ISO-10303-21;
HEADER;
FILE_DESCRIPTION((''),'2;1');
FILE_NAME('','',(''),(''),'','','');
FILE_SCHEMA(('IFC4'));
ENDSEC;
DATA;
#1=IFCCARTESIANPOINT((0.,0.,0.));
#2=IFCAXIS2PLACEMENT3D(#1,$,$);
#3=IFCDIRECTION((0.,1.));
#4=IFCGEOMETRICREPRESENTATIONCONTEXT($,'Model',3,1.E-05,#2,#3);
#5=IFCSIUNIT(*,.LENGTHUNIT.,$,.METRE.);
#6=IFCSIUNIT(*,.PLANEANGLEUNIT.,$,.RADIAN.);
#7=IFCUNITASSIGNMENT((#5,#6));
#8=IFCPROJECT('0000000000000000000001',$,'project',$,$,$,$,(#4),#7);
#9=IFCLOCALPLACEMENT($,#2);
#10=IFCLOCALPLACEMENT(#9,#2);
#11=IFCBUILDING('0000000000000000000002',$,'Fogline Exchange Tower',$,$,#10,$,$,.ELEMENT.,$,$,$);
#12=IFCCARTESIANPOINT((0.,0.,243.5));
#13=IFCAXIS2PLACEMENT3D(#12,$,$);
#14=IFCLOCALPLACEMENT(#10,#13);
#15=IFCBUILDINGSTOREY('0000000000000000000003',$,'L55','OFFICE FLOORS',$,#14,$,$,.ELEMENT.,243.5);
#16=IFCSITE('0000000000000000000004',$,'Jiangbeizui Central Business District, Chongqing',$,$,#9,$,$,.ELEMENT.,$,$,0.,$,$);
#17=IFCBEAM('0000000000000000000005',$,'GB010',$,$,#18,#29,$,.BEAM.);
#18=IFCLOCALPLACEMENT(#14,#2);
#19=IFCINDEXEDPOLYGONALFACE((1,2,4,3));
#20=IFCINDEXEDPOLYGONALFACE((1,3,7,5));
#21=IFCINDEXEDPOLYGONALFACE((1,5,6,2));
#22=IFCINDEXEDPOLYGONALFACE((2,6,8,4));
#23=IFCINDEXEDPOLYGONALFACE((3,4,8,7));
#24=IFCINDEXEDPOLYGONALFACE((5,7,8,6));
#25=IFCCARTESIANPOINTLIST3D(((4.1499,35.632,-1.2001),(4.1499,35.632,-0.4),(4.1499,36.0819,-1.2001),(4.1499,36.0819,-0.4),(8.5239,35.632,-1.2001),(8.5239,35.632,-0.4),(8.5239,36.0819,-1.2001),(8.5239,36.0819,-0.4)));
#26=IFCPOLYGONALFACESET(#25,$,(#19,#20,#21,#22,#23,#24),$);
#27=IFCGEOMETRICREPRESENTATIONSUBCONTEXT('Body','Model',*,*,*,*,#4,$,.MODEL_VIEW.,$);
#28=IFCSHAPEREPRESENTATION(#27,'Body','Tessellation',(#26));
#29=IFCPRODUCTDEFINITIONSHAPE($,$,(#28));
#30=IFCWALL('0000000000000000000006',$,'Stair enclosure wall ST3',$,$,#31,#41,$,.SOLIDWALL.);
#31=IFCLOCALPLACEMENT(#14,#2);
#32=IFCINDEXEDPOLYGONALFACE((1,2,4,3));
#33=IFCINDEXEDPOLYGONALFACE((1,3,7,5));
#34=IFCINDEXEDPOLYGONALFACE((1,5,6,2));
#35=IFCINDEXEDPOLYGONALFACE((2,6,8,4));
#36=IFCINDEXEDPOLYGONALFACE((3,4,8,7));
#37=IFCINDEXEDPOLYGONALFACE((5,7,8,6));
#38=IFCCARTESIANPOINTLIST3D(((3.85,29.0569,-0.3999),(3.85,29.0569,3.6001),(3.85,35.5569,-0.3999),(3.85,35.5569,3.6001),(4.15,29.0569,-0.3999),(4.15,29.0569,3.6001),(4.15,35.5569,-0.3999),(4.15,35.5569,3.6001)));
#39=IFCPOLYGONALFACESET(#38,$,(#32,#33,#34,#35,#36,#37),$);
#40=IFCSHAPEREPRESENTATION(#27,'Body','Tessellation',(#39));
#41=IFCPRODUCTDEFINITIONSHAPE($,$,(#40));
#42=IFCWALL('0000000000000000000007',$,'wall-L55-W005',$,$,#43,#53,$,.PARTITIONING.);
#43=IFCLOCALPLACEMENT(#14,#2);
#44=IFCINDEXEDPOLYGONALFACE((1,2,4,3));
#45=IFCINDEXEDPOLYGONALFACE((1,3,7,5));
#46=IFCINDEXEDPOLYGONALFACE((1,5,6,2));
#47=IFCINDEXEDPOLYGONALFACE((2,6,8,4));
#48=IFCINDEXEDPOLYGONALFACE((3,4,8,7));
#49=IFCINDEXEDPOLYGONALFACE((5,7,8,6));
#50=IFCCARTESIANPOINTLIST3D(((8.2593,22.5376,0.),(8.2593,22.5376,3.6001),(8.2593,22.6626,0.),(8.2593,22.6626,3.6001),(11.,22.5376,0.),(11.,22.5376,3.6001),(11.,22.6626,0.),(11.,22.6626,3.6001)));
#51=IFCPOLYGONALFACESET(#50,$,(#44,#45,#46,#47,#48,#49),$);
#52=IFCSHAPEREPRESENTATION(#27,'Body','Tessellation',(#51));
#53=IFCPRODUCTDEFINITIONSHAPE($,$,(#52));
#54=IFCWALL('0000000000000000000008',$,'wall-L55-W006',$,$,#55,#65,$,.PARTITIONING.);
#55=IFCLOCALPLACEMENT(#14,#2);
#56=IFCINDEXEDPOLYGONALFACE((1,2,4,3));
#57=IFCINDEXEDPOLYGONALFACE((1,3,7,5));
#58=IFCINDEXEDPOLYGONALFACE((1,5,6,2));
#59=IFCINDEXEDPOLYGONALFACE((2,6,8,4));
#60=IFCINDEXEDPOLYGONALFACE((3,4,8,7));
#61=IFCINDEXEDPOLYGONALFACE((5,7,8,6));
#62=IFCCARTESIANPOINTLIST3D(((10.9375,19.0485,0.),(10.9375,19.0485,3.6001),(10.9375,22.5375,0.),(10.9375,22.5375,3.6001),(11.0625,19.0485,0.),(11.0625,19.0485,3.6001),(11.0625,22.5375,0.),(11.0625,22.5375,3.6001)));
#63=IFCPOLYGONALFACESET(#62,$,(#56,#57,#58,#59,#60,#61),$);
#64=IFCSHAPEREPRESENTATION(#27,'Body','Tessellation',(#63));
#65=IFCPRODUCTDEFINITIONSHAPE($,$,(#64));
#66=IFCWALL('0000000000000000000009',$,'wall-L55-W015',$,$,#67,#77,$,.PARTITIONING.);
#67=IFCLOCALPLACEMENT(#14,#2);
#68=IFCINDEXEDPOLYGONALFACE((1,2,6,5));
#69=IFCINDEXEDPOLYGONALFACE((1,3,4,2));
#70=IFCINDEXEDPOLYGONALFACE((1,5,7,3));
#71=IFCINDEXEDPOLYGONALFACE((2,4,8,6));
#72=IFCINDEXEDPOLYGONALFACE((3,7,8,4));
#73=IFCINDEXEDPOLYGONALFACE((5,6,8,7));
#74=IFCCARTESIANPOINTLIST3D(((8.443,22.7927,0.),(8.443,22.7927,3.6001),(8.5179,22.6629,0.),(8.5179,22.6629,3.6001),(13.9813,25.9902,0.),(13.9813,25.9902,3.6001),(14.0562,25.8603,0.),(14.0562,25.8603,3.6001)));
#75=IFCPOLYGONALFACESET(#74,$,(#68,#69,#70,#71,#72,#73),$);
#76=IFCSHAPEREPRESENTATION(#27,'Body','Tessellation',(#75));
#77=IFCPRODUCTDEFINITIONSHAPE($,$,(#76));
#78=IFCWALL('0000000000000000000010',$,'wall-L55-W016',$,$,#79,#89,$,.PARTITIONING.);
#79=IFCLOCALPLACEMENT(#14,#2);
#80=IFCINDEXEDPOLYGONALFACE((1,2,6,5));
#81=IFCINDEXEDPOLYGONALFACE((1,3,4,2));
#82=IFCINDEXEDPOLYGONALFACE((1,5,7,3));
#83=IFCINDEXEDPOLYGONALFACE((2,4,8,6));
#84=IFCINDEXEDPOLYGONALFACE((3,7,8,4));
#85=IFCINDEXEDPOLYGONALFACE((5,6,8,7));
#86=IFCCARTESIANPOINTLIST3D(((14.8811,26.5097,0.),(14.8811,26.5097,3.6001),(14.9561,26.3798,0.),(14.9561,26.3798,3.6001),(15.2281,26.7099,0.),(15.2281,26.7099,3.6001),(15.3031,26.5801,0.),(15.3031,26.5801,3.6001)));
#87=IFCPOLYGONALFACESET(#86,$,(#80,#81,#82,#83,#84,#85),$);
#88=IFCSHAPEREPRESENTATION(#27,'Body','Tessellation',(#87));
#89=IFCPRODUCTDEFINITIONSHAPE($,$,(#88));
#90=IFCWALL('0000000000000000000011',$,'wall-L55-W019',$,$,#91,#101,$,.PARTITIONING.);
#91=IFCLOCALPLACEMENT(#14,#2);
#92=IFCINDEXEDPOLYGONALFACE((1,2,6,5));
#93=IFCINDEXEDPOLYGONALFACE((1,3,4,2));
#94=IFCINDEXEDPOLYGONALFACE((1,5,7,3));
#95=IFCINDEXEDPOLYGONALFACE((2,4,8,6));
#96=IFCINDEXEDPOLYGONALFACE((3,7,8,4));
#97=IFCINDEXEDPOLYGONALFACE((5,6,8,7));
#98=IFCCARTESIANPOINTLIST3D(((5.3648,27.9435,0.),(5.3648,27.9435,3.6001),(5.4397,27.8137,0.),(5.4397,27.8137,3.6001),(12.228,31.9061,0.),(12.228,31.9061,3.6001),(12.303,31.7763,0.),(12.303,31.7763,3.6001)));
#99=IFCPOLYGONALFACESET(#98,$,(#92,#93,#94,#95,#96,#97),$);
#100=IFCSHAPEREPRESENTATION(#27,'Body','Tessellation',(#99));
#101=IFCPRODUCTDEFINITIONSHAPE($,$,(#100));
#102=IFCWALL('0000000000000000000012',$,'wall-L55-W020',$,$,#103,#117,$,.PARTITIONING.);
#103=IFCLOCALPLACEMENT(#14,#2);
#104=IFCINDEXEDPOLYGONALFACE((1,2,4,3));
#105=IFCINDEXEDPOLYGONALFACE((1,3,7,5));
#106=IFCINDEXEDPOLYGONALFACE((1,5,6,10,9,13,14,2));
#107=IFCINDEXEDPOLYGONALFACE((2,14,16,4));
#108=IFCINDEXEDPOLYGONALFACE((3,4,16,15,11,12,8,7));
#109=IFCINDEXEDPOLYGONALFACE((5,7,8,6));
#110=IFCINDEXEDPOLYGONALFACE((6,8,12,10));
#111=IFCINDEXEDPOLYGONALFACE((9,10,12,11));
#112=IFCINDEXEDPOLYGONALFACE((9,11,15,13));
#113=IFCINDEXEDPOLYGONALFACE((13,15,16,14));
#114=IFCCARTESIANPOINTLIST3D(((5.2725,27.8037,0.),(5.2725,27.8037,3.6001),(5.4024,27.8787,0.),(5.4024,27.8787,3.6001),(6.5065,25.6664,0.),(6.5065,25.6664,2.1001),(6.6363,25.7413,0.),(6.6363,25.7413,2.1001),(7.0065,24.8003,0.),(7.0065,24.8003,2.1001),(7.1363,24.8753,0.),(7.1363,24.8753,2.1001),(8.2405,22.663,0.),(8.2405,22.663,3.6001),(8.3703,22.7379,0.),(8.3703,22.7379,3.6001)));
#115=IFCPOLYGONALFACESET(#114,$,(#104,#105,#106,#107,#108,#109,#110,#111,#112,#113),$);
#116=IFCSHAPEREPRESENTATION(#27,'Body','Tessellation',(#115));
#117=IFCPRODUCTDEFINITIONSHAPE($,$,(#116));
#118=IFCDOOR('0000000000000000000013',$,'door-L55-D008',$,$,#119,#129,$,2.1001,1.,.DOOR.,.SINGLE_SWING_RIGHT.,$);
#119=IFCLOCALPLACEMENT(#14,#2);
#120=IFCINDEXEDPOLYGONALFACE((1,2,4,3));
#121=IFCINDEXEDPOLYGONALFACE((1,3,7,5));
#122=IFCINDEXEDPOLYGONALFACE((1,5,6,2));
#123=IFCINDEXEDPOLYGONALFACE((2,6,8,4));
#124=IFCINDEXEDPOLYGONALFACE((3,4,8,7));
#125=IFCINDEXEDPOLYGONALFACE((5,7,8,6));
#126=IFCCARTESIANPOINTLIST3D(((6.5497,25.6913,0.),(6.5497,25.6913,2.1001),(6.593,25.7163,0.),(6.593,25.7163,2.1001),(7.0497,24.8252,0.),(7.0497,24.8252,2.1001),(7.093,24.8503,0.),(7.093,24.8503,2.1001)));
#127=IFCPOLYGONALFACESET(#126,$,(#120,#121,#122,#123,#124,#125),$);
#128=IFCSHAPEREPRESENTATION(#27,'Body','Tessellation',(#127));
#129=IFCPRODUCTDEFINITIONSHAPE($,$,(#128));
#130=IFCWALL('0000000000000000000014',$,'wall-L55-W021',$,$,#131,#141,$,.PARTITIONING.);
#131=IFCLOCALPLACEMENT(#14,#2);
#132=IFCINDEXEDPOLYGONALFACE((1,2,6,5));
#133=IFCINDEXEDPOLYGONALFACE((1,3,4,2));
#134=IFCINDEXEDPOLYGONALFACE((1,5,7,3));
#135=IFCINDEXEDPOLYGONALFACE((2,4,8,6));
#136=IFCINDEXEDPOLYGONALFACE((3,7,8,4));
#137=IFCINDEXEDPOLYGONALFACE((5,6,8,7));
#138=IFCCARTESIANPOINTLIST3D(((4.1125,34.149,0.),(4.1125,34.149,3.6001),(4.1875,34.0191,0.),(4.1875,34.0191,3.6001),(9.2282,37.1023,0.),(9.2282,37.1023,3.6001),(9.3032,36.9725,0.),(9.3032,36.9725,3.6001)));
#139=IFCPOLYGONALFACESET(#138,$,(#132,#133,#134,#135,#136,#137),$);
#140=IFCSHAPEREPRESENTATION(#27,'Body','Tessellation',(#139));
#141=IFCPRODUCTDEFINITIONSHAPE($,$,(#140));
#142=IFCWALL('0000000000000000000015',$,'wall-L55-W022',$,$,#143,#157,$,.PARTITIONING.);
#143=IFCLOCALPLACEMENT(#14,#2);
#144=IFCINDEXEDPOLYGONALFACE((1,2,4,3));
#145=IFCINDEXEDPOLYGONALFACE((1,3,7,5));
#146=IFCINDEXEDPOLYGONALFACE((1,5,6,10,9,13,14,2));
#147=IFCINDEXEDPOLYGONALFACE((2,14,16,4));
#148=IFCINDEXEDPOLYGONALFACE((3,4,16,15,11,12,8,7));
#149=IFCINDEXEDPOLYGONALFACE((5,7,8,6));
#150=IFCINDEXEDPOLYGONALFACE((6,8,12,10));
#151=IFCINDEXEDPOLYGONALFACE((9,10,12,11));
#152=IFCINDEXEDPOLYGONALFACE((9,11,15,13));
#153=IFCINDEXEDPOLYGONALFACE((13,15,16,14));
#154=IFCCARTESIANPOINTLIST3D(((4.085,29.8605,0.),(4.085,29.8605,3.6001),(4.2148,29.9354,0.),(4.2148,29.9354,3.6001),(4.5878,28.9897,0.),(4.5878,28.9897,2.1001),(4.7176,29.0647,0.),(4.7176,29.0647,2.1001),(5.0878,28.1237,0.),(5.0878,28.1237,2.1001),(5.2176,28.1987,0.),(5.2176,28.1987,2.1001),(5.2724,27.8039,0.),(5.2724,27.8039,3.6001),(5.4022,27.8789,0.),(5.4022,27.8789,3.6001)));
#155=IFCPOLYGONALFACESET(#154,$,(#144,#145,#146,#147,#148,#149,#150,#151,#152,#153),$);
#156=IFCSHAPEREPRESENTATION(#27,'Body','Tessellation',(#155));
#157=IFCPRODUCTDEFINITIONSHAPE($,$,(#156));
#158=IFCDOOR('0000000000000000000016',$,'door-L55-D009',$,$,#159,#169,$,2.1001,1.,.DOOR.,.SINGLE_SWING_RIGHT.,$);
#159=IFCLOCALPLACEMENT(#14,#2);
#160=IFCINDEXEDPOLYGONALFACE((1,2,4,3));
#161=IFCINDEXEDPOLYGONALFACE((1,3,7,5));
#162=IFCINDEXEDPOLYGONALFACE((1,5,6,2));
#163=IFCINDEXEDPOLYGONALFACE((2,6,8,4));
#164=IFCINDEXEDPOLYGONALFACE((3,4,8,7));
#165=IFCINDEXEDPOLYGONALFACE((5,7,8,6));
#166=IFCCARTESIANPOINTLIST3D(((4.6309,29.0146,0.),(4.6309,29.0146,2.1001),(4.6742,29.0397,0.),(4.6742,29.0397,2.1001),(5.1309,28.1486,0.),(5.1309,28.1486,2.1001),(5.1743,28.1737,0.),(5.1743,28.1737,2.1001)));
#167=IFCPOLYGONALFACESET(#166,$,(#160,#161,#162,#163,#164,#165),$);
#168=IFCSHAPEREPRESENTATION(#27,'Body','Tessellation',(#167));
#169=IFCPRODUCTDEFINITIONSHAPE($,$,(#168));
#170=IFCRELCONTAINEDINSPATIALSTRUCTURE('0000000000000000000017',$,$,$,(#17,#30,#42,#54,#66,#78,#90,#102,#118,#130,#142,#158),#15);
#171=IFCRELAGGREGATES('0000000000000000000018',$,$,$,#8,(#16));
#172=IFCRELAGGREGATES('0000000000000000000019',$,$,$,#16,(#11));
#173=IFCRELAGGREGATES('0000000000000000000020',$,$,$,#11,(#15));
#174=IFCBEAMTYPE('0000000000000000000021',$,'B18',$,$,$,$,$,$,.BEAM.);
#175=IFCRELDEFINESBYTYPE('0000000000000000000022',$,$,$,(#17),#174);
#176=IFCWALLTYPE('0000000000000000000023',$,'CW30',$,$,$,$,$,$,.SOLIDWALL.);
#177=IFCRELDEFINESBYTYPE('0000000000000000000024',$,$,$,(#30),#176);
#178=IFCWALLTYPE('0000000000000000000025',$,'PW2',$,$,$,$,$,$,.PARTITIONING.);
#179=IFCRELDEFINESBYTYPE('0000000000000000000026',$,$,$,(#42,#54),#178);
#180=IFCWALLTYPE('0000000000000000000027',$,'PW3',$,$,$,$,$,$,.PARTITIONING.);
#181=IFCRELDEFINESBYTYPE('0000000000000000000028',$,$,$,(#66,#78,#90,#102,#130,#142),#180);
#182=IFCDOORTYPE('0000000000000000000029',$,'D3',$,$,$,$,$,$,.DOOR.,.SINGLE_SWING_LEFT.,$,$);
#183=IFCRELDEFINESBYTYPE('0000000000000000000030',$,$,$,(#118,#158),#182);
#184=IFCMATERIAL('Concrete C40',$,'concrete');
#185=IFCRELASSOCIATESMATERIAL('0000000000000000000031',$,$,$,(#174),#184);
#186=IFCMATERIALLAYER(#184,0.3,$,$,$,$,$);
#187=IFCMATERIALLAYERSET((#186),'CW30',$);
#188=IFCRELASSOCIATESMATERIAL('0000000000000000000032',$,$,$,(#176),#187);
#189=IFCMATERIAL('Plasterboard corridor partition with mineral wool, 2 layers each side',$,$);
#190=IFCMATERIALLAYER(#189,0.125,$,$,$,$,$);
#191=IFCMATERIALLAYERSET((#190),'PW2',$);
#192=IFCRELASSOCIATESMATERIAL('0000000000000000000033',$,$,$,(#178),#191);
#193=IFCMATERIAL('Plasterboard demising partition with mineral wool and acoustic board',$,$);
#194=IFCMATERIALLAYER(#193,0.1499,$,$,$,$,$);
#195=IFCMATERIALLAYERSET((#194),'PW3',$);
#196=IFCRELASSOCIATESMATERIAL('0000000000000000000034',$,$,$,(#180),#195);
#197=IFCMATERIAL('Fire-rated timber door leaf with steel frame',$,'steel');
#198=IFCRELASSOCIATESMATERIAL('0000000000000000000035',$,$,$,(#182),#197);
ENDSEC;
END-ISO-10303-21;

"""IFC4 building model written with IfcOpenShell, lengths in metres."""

from ifc_helpers import new_model, si_unit, direction, frame, frame_2d, origin, origin_2d, place, context, subcontext, project, spatial, rectangle, extrude, material, layer, layer_set, material_profile, profile_set, type_object, element, fill, save


model = new_model("IFC4")

# Units and contexts
model_context = context("Model", 3, precision=1e-05, world=origin(), true_north=direction((0.0, 1.0)))
body_context = subcontext(model_context, "Body", "Model", "MODEL_VIEW")
ifc_project = project(units=[si_unit("LENGTHUNIT", "METRE"), si_unit("PLANEANGLEUNIT", "RADIAN")], contexts=[model_context])

# Site, building, storey
site_placement = place(None, origin())
site = spatial("IfcSite", under=ifc_project, at=site_placement, Name="Jiangbeizui Central Business District, Chongqing", CompositionType="ELEMENT", RefElevation=0.0)
building_placement = place(site_placement, origin())
building = spatial("IfcBuilding", under=site, at=building_placement, Name="Fogline Exchange Tower", CompositionType="ELEMENT")
storey_placement = place(building_placement, frame((0.0, 0.0, 243.5)))
storey = spatial("IfcBuildingStorey", under=building, at=storey_placement, Name="L55", Description="OFFICE FLOORS", CompositionType="ELEMENT", Elevation=243.5)

# Beam
ifc_material_1 = material(Name="Concrete C40", Category="concrete")
ifc_material_profile_1 = material_profile(ifc_material_1, rectangle(XDim=0.45, YDim=0.8, at=origin_2d()), Name="RC 450x800")
ifc_profile_set_1 = profile_set([ifc_material_profile_1], Name="Concrete C40")
beam_type_1 = type_object("IfcBeamType", Name="B18", PredefinedType="BEAM", material=ifc_profile_set_1)
beam_1_placement = place(storey_placement, frame((4.1499, 35.8569, -0.8), z_axis=(1.0, 0.0, 0.0), x_axis=(0.0, 1.0, 0.0)))
element("IfcBeam", 1, at=beam_1_placement, inside=storey, type_object=beam_type_1, Name="GB010", PredefinedType="BEAM", context=body_context, shape_type="SweptSolid", body=[
    extrude(rectangle(XDim=0.45, YDim=0.8, at=origin_2d()), origin(), (0.0, 0.0, 1.0), 4.374),
])

# Wall
ifc_layer_1 = layer(ifc_material_1, 0.3)
ifc_layer_set_1 = layer_set([ifc_layer_1], Name="CW30")
wall_type_1 = type_object("IfcWallType", Name="CW30", PredefinedType="SOLIDWALL", material=ifc_layer_set_1)
wall_1_placement = place(storey_placement, frame((4.0, 29.0569, -0.3999), z_axis=(0.0, 0.0, 1.0), x_axis=(0.0, 1.0, 0.0)))
element("IfcWall", 2, at=wall_1_placement, inside=storey, type_object=wall_type_1, Name="Stair enclosure wall ST3", PredefinedType="SOLIDWALL", context=body_context, shape_type="SweptSolid", body=[
    extrude(rectangle(XDim=6.5, YDim=0.3, at=frame_2d((3.25, 0.0))), origin(), (0.0, 0.0, 1.0), 4.0),
])

# Walls
ifc_material_2 = material(Name="Plasterboard corridor partition with mineral wool, 2 layers each side")
ifc_layer_2 = layer(ifc_material_2, 0.125)
ifc_layer_set_2 = layer_set([ifc_layer_2], Name="PW2")
wall_type_2 = type_object("IfcWallType", Name="PW2", PredefinedType="PARTITIONING", material=ifc_layer_set_2)
wall_2_placement = place(storey_placement, frame((8.2593, 22.6001, 0.0), z_axis=(0.0, 0.0, 1.0), x_axis=(1.0, 0.0, 0.0)))
element("IfcWall", 3, at=wall_2_placement, inside=storey, type_object=wall_type_2, Name="wall-L55-W005", PredefinedType="PARTITIONING", context=body_context, shape_type="SweptSolid", body=[
    extrude(rectangle(XDim=2.7407, YDim=0.125, at=frame_2d((1.3704, 0.0))), origin(), (0.0, 0.0, 1.0), 3.6001),
])
wall_3_placement = place(storey_placement, frame((11.0, 22.5376, 0.0), z_axis=(0.0, 0.0, 1.0), x_axis=(0.0, -1.0, 0.0)))
element("IfcWall", 4, at=wall_3_placement, inside=storey, type_object=wall_type_2, Name="wall-L55-W006", PredefinedType="PARTITIONING", context=body_context, shape_type="SweptSolid", body=[
    extrude(rectangle(XDim=3.489, YDim=0.125, at=frame_2d((1.7446, 0.0))), origin(), (0.0, 0.0, 1.0), 3.6001),
])
ifc_material_3 = material(Name="Plasterboard demising partition with mineral wool and acoustic board")
ifc_layer_3 = layer(ifc_material_3, 0.1499)
ifc_layer_set_3 = layer_set([ifc_layer_3], Name="PW3")
wall_type_3 = type_object("IfcWallType", Name="PW3", PredefinedType="PARTITIONING", material=ifc_layer_set_3)
wall_4_placement = place(storey_placement, frame((8.4805, 22.7278, 0.0), z_axis=(0.0, 0.0, 1.0), x_axis=(0.866029, 0.499995, 0.0)))
element("IfcWall", 5, at=wall_4_placement, inside=storey, type_object=wall_type_3, Name="wall-L55-W015", PredefinedType="PARTITIONING", context=body_context, shape_type="SweptSolid", body=[
    extrude(rectangle(XDim=6.395, YDim=0.1499, at=frame_2d((3.1975, 0.0))), origin(), (0.0, 0.0, 1.0), 3.6001),
])
wall_5_placement = place(storey_placement, frame((14.9187, 26.4448, 0.0), z_axis=(0.0, 0.0, 1.0), x_axis=(0.866135, 0.49981, 0.0)))
element("IfcWall", 6, at=wall_5_placement, inside=storey, type_object=wall_type_3, Name="wall-L55-W016", PredefinedType="PARTITIONING", context=body_context, shape_type="SweptSolid", body=[
    extrude(rectangle(XDim=0.4006, YDim=0.1499, at=frame_2d((0.2002, 0.0))), origin(), (0.0, 0.0, 1.0), 3.6001),
])
wall_6_placement = place(storey_placement, frame((5.4023, 27.8787, 0.0), z_axis=(0.0, 0.0, 1.0), x_axis=(0.866018, 0.500012, 0.0)))
element("IfcWall", 7, at=wall_6_placement, inside=storey, type_object=wall_type_3, Name="wall-L55-W019", PredefinedType="PARTITIONING", context=body_context, shape_type="SweptSolid", body=[
    extrude(rectangle(XDim=7.925, YDim=0.1499, at=frame_2d((3.9624, 0.0))), origin(), (0.0, 0.0, 1.0), 3.6001),
])

# Wall, opening, door
wall_7_placement = place(storey_placement, frame((8.3054, 22.7004, 0.0), z_axis=(0.0, 0.0, 1.0), x_axis=(-0.499992, 0.86603, 0.0)))
wall_7 = element("IfcWall", 8, at=wall_7_placement, inside=storey, type_object=wall_type_3, Name="wall-L55-W020", PredefinedType="PARTITIONING", context=body_context, shape_type="SweptSolid", body=[
    extrude(rectangle(XDim=5.936, YDim=0.1499, at=frame_2d((2.968, 0.0))), origin(), (0.0, 0.0, 1.0), 3.6001),
])
opening_1_placement = place(wall_7_placement, frame((2.468, 0.0, 0.0)))
opening_1 = element("IfcOpeningElement", 9, at=opening_1_placement, cuts=wall_7, PredefinedType="OPENING", context=body_context, shape_type="SweptSolid", body=[
    extrude(rectangle(XDim=1.0, YDim=2.1001, at=frame_2d((0.5, 1.05))), frame((0.0, 0.085, 0.0), z_axis=(0.0, -1.0, 0.0), x_axis=(1.0, 0.0, 0.0)), (0.0, 0.0, 1.0), 0.1699),
])
ifc_material_4 = material(Name="Fire-rated timber door leaf with steel frame", Category="steel")
door_type_1 = type_object("IfcDoorType", Name="D3", OperationType="SINGLE_SWING_LEFT", PredefinedType="DOOR", material=ifc_material_4)
door_1_placement = place(opening_1_placement, frame((1.0, 0.0, 0.0), z_axis=(0.0, 0.0, 1.0), x_axis=(-1.0, 0.0, 0.0)))
door_1 = element("IfcDoor", 10, at=door_1_placement, inside=storey, type_object=door_type_1, Name="door-L55-D008", OperationType="SINGLE_SWING_RIGHT", OverallHeight=2.1001, OverallWidth=1.0, PredefinedType="DOOR", context=body_context, shape_type="SweptSolid", body=[
    extrude(rectangle(XDim=1.0, YDim=2.1001, at=frame_2d((0.5, 1.05))), frame((0.0, 0.0249, 0.0), z_axis=(0.0, -1.0, 0.0), x_axis=(1.0, 0.0, 0.0)), (0.0, 0.0, 1.0), 0.05),
])
fill(opening_1, door_1)

# Wall
wall_8_placement = place(storey_placement, frame((4.1499, 34.084, 0.0), z_axis=(0.0, 0.0, 1.0), x_axis=(0.86604, 0.499975, 0.0)))
element("IfcWall", 11, at=wall_8_placement, inside=storey, type_object=wall_type_3, Name="wall-L55-W021", PredefinedType="PARTITIONING", context=body_context, shape_type="SweptSolid", body=[
    extrude(rectangle(XDim=5.907, YDim=0.1499, at=frame_2d((2.9536, 0.0))), origin(), (0.0, 0.0, 1.0), 3.6001),
])

# Wall, opening, door
wall_9_placement = place(storey_placement, frame((5.3374, 27.8413, 0.0), z_axis=(0.0, 0.0, 1.0), x_axis=(-0.500031, 0.866008, 0.0)))
wall_9 = element("IfcWall", 12, at=wall_9_placement, inside=storey, type_object=wall_type_3, Name="wall-L55-W022", PredefinedType="PARTITIONING", context=body_context, shape_type="SweptSolid", body=[
    extrude(rectangle(XDim=2.3748, YDim=0.1499, at=frame_2d((1.1875, 0.0))), origin(), (0.0, 0.0, 1.0), 3.6001),
])
opening_2_placement = place(wall_9_placement, frame((0.3694, 0.0, 0.0)))
opening_2 = element("IfcOpeningElement", 13, at=opening_2_placement, cuts=wall_9, PredefinedType="OPENING", context=body_context, shape_type="SweptSolid", body=[
    extrude(rectangle(XDim=1.0, YDim=2.1001, at=frame_2d((0.5, 1.05))), frame((0.0, 0.085, 0.0), z_axis=(0.0, -1.0, 0.0), x_axis=(1.0, 0.0, 0.0)), (0.0, 0.0, 1.0), 0.1699),
])
door_2_placement = place(opening_2_placement, frame((1.0, 0.0, 0.0), z_axis=(0.0, 0.0, 1.0), x_axis=(-1.0, 0.0, 0.0)))
door_2 = element("IfcDoor", 14, at=door_2_placement, inside=storey, type_object=door_type_1, Name="door-L55-D009", OperationType="SINGLE_SWING_RIGHT", OverallHeight=2.1001, OverallWidth=1.0, PredefinedType="DOOR", context=body_context, shape_type="SweptSolid", body=[
    extrude(rectangle(XDim=1.0, YDim=2.1001, at=frame_2d((0.5, 1.05))), frame((0.0, 0.0249, 0.0), z_axis=(0.0, -1.0, 0.0), x_axis=(1.0, 0.0, 0.0)), (0.0, 0.0, 1.0), 0.05),
])
fill(opening_2, door_2)

save(model, "model.ifc")
